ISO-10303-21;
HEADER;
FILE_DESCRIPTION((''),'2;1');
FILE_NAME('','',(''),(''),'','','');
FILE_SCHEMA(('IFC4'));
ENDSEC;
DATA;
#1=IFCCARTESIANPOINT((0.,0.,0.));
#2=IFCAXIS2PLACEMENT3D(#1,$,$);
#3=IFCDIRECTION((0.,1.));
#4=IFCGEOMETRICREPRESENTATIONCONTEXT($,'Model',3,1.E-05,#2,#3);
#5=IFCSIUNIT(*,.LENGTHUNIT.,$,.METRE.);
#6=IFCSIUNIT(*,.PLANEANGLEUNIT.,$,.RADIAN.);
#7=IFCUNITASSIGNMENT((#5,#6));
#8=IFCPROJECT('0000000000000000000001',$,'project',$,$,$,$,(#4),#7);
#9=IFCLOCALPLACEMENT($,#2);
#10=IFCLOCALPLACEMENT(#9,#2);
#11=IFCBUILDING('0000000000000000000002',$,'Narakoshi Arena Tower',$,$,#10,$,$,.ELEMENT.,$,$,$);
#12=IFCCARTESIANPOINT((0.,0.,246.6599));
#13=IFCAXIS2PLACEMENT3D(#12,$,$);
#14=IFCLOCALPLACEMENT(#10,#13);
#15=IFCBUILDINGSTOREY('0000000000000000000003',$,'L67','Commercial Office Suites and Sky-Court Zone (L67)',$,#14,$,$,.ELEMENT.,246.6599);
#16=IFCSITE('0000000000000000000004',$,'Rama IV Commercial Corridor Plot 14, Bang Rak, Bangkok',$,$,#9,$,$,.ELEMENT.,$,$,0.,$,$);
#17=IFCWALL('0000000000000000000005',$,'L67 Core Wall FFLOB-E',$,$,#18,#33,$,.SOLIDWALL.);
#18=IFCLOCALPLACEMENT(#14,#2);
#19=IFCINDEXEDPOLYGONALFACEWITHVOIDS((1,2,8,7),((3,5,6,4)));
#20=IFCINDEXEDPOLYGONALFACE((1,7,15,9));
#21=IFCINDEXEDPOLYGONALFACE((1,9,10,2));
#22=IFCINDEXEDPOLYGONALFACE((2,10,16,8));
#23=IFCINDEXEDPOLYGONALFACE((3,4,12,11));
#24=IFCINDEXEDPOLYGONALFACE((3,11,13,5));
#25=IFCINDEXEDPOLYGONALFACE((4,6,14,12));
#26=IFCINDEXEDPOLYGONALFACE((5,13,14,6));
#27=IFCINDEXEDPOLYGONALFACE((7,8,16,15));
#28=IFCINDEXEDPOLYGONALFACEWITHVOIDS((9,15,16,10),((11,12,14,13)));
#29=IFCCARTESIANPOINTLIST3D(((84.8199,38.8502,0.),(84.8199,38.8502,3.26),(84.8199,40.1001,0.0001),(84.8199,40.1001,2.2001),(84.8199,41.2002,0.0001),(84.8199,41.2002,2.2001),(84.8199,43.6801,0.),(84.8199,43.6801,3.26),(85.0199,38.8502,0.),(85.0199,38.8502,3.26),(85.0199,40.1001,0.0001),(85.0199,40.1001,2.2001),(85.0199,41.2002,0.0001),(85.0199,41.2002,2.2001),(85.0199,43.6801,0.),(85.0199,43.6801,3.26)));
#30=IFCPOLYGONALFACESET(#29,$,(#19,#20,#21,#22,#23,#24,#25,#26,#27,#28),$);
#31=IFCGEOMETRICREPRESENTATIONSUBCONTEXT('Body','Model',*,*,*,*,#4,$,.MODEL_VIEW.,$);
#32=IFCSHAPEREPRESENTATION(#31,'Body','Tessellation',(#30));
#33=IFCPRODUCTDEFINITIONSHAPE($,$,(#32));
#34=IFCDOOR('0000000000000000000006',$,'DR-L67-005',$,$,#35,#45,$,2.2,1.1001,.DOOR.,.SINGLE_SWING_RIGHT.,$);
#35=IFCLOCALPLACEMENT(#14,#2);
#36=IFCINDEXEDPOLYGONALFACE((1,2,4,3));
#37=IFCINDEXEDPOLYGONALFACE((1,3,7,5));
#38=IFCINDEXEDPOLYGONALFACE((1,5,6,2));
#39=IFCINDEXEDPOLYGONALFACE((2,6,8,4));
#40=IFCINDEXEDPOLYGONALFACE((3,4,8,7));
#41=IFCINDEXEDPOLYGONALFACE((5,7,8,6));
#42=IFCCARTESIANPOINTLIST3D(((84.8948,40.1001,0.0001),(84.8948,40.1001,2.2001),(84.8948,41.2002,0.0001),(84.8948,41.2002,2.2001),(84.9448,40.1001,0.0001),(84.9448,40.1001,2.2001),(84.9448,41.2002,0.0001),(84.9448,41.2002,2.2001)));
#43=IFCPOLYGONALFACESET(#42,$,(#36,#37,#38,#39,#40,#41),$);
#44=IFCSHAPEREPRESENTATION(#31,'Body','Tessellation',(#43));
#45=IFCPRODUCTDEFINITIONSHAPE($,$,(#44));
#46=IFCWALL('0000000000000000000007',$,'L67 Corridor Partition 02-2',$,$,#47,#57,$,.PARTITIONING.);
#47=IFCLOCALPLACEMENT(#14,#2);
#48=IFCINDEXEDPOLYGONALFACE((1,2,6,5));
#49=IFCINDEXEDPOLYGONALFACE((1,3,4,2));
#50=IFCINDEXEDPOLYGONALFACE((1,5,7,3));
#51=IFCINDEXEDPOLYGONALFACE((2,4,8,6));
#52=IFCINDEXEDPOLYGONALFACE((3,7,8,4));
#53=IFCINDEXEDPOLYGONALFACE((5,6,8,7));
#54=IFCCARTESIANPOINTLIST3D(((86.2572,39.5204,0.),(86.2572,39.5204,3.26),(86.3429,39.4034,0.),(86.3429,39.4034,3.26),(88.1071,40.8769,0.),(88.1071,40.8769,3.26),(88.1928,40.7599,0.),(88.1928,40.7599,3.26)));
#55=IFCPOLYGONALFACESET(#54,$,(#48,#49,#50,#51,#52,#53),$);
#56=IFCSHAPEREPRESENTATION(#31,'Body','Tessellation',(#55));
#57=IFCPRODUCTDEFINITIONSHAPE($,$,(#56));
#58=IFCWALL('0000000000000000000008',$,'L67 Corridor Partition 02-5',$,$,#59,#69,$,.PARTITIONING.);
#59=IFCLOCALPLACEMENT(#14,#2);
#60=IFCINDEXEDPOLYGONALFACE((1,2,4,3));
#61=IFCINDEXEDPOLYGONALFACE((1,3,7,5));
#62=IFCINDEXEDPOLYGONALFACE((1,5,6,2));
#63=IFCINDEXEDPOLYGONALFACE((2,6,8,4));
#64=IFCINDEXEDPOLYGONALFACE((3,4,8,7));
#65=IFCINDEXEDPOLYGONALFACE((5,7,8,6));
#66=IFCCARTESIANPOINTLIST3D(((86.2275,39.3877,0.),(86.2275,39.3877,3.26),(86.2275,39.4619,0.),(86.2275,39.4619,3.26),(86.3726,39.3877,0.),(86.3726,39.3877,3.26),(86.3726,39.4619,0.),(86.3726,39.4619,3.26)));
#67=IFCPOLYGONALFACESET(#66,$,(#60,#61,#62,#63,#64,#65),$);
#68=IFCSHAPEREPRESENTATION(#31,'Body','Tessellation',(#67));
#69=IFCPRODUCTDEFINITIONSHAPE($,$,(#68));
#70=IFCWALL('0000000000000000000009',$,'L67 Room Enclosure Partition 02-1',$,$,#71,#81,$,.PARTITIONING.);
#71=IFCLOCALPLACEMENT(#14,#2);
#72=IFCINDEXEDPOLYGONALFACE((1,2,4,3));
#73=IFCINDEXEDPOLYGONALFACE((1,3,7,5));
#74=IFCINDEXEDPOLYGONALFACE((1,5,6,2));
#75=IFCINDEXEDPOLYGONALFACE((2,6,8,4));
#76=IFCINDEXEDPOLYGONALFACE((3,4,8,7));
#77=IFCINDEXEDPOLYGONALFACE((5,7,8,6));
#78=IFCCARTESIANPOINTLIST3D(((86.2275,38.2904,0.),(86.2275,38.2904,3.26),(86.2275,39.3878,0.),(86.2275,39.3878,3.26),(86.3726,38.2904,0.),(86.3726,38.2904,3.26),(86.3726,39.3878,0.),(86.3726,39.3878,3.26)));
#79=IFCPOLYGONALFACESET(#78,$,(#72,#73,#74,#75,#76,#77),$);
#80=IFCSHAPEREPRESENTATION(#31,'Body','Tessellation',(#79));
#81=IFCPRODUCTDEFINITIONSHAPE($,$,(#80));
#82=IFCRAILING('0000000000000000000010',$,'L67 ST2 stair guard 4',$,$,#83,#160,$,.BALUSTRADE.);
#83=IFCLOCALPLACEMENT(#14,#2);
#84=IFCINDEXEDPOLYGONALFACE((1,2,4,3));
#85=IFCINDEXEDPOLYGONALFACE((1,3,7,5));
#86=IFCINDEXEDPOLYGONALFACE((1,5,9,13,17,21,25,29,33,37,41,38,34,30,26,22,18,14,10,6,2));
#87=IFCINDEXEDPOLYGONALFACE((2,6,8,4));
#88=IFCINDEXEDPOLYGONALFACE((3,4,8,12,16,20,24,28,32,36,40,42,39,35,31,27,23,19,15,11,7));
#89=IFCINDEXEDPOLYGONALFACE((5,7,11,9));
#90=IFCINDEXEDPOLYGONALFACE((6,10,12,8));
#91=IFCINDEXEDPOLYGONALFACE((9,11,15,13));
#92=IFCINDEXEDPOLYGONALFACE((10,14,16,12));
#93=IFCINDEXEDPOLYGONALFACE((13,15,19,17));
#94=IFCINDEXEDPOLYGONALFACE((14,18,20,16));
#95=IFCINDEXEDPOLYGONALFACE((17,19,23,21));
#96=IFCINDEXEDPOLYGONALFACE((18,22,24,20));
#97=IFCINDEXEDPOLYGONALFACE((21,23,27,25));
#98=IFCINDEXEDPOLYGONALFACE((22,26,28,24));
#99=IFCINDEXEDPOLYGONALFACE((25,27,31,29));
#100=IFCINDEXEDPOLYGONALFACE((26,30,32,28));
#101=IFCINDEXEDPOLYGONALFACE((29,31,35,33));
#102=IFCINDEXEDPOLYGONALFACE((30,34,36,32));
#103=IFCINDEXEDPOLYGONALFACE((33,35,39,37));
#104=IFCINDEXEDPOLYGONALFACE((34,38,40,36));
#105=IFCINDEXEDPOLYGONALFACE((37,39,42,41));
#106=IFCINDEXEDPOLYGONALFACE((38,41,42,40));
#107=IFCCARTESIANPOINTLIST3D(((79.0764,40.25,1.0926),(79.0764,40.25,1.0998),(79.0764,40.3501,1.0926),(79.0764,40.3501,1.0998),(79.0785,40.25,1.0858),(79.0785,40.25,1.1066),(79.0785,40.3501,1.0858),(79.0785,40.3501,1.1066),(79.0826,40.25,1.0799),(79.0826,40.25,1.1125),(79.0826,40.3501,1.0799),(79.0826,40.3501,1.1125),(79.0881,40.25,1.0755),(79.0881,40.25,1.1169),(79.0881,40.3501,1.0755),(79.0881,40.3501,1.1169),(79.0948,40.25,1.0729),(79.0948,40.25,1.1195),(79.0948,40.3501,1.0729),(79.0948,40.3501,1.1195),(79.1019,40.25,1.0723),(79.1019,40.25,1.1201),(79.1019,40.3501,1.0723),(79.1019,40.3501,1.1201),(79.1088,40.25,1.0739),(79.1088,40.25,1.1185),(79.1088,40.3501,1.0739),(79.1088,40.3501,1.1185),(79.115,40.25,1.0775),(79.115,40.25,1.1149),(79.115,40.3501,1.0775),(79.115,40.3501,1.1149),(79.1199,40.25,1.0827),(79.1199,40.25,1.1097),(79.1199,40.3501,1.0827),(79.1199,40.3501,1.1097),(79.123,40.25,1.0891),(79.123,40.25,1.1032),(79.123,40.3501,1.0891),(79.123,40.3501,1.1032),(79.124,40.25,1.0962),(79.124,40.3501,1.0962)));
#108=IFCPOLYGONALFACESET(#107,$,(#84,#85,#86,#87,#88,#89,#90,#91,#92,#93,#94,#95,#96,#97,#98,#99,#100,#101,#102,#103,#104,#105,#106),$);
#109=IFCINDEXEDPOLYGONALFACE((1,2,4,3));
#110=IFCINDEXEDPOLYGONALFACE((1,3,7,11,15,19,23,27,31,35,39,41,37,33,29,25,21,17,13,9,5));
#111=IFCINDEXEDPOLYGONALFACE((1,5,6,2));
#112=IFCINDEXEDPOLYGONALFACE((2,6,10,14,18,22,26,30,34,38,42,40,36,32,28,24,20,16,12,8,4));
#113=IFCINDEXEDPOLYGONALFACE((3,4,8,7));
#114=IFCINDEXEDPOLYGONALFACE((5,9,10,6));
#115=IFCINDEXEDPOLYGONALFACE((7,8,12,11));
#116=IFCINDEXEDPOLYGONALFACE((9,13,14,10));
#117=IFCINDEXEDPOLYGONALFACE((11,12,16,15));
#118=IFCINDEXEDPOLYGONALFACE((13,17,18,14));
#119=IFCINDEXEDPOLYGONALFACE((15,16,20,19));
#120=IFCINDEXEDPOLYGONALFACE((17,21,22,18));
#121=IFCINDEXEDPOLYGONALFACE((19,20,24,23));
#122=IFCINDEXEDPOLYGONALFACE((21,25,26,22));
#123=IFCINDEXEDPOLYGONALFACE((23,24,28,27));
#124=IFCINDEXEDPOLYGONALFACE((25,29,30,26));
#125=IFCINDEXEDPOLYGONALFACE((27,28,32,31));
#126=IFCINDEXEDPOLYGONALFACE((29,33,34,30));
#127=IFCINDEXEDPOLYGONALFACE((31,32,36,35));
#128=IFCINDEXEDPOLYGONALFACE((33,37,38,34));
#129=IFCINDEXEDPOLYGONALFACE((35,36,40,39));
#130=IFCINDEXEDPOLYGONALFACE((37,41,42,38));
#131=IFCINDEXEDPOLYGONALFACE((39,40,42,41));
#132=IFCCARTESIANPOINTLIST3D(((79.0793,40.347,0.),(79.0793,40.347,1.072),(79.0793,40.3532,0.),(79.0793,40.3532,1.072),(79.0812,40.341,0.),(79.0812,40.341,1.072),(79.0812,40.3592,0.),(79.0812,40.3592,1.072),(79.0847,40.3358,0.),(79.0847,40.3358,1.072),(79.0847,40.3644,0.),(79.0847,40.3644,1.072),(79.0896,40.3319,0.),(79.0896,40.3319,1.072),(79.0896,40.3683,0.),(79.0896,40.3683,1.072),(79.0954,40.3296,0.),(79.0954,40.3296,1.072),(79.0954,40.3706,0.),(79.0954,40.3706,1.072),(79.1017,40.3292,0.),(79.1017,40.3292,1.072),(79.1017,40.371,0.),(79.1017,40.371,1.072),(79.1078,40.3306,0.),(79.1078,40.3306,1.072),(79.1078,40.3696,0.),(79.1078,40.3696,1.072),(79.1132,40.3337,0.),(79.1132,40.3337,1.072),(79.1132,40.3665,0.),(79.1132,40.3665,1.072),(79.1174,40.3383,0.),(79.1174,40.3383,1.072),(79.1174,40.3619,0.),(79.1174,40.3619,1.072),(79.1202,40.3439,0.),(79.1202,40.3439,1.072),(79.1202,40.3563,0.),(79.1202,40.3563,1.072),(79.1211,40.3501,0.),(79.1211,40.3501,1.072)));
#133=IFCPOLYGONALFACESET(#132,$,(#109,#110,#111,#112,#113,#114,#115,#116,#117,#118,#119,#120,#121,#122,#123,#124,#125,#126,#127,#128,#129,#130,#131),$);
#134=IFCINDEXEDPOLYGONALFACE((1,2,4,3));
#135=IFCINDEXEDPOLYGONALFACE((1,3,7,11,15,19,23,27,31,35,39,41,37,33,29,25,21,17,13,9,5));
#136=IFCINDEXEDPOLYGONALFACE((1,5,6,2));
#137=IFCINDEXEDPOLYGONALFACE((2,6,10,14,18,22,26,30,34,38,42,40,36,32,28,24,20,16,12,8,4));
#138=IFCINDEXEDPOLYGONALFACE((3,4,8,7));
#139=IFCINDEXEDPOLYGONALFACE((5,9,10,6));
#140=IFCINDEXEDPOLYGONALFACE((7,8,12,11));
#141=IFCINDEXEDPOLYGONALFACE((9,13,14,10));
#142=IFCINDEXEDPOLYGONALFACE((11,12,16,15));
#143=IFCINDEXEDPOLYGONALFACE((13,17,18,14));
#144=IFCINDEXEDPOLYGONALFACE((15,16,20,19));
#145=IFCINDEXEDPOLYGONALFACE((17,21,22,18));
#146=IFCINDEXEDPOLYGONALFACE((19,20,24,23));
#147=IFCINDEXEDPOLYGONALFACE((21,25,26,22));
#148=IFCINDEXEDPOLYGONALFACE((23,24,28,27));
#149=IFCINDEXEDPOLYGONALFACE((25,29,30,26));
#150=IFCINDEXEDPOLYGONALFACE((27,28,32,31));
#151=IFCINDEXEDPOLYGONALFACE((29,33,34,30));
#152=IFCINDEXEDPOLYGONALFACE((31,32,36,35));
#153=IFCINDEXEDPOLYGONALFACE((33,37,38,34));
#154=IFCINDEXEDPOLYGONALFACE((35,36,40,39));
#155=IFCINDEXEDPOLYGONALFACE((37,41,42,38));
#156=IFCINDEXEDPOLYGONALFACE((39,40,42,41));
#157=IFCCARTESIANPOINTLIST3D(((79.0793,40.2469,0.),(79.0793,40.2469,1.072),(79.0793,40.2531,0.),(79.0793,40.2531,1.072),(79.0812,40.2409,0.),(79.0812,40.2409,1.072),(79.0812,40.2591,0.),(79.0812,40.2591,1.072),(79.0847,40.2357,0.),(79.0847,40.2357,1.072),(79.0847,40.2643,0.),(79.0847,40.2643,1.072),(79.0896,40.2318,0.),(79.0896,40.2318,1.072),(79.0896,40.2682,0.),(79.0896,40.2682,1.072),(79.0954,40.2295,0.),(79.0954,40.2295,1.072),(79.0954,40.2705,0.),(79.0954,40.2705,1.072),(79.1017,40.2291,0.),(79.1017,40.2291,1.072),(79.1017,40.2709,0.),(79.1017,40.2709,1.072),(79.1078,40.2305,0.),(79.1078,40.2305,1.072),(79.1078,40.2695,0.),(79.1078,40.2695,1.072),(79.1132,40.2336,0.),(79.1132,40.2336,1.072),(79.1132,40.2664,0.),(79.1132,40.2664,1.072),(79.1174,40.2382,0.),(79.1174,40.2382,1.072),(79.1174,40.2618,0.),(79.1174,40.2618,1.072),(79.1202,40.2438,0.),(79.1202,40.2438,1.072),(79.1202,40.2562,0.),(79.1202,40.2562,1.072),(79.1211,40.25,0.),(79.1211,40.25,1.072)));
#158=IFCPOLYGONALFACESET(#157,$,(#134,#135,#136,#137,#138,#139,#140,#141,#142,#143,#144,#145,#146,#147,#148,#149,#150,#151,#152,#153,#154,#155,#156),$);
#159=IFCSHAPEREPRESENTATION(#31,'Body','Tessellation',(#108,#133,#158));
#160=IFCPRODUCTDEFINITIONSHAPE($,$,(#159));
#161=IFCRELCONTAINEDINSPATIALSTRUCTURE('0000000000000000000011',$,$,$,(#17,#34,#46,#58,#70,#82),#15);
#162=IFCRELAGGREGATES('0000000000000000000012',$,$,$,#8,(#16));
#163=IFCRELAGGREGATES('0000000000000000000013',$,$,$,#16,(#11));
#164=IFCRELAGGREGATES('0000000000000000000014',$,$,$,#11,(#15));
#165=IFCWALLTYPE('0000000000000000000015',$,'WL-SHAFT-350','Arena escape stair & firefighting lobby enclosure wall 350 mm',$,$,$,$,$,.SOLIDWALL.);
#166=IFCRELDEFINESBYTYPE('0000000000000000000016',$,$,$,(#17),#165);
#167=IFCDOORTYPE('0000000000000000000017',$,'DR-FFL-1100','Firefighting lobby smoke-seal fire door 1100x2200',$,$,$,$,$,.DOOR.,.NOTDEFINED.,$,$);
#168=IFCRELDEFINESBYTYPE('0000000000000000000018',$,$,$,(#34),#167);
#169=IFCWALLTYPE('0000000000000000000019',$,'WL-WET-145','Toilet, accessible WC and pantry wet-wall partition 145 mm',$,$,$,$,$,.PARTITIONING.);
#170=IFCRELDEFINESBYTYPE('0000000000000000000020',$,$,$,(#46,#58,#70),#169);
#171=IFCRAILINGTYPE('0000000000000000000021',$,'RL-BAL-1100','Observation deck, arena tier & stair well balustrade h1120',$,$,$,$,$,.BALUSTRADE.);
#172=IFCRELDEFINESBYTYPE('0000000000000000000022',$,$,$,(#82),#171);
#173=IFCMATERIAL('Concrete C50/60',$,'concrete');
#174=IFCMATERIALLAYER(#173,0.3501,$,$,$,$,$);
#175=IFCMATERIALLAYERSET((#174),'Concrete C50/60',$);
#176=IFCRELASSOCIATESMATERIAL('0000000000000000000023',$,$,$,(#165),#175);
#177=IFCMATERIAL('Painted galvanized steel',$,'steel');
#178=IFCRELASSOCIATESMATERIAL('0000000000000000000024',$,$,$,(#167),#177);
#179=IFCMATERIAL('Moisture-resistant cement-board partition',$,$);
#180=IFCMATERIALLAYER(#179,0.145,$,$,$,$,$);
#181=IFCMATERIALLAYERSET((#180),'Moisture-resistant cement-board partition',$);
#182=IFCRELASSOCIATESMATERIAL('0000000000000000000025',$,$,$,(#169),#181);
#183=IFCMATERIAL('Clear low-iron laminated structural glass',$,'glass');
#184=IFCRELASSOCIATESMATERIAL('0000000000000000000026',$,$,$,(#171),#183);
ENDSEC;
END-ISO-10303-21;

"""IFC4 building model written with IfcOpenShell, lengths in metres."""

from ifc_helpers import new_model, si_unit, direction, frame, frame_2d, origin, origin_2d, place, context, subcontext, project, spatial, rectangle, circle, extrude, material, layer, layer_set, type_object, element, fill, save


model = new_model("IFC4")

# Units and contexts
model_context = context("Model", 3, precision=1e-05, world=origin(), true_north=direction((0.0, 1.0)))
body_context = subcontext(model_context, "Body", "Model", "MODEL_VIEW")
ifc_project = project(units=[si_unit("LENGTHUNIT", "METRE"), si_unit("PLANEANGLEUNIT", "RADIAN")], contexts=[model_context])

# Site, building, storey
site_placement = place(None, origin())
site = spatial("IfcSite", under=ifc_project, at=site_placement, Name="Rama IV Commercial Corridor Plot 14, Bang Rak, Bangkok", CompositionType="ELEMENT", RefElevation=0.0)
building_placement = place(site_placement, origin())
building = spatial("IfcBuilding", under=site, at=building_placement, Name="Narakoshi Arena Tower", CompositionType="ELEMENT")
storey_placement = place(building_placement, frame((0.0, 0.0, 246.6599)))
storey = spatial("IfcBuildingStorey", under=building, at=storey_placement, Name="L67", Description="Commercial Office Suites and Sky-Court Zone (L67)", CompositionType="ELEMENT", Elevation=246.6599)

# Shared definitions
ifc_material_1 = material(Name="Concrete C50/60", Category="concrete")
ifc_layer_1 = layer(ifc_material_1, 0.3501)
ifc_layer_set_1 = layer_set([ifc_layer_1], Name="Concrete C50/60")
wall_type_1 = type_object("IfcWallType", Name="WL-SHAFT-350", Description="Arena escape stair & firefighting lobby enclosure wall 350 mm", PredefinedType="SOLIDWALL", material=ifc_layer_set_1)

# Shared definitions
ifc_material_2 = material(Name="Painted galvanized steel", Category="steel")

# Wall, opening, door
wall_1_placement = place(storey_placement, frame((84.9199, 38.8501, 0.0), z_axis=(0.0, 0.0, 1.0), x_axis=(0.0, 1.0, 0.0)))
wall_1 = element("IfcWall", 1, at=wall_1_placement, inside=storey, type_object=wall_type_1, Name="L67 Core Wall FFLOB-E", PredefinedType="SOLIDWALL", context=body_context, shape_type="SweptSolid", body=[
    extrude(rectangle(XDim=4.8298, YDim=0.2, at=frame_2d((2.415, 0.0))), origin(), (0.0, 0.0, 1.0), 3.26),
])
opening_1_placement = place(wall_1_placement, frame((1.25, 0.0, 0.0)))
opening_1 = element("IfcOpeningElement", 2, at=opening_1_placement, cuts=wall_1, PredefinedType="OPENING", context=body_context, shape_type="SweptSolid", body=[
    extrude(rectangle(XDim=1.1001, YDim=2.2, at=frame_2d((0.55, 1.1001))), frame((0.0, 0.1099, 0.0), z_axis=(0.0, -1.0, 0.0), x_axis=(1.0, 0.0, 0.0)), (0.0, 0.0, 1.0), 0.22),
])
door_type_1 = type_object("IfcDoorType", Name="DR-FFL-1100", Description="Firefighting lobby smoke-seal fire door 1100x2200", OperationType="NOTDEFINED", PredefinedType="DOOR", material=ifc_material_2)
door_1_placement = place(opening_1_placement, frame((1.1001, 0.0, 0.0), z_axis=(0.0, 0.0, 1.0), x_axis=(-1.0, 0.0, 0.0)))
door_1 = element("IfcDoor", 3, at=door_1_placement, inside=storey, type_object=door_type_1, Name="DR-L67-005", OperationType="SINGLE_SWING_RIGHT", OverallHeight=2.2, OverallWidth=1.1001, PredefinedType="DOOR", context=body_context, shape_type="SweptSolid", body=[
    extrude(rectangle(XDim=1.1001, YDim=2.2, at=frame_2d((0.55, 1.1001))), frame((0.0, 0.0249, 0.0), z_axis=(0.0, -1.0, 0.0), x_axis=(1.0, 0.0, 0.0)), (0.0, 0.0, 1.0), 0.05),
])
fill(opening_1, door_1)

# Walls
ifc_material_3 = material(Name="Moisture-resistant cement-board partition")
ifc_layer_2 = layer(ifc_material_3, 0.145)
ifc_layer_set_2 = layer_set([ifc_layer_2], Name="Moisture-resistant cement-board partition")
wall_type_2 = type_object("IfcWallType", Name="WL-WET-145", Description="Toilet, accessible WC and pantry wet-wall partition 145 mm", PredefinedType="PARTITIONING", material=ifc_layer_set_2)
wall_2_placement = place(storey_placement, frame((86.3, 39.4619, 0.0), z_axis=(0.0, 0.0, 1.0), x_axis=(0.806429, 0.591331, 0.0)))
element("IfcWall", 4, at=wall_2_placement, inside=storey, type_object=wall_type_2, Name="L67 Corridor Partition 02-2", PredefinedType="PARTITIONING", context=body_context, shape_type="SweptSolid", body=[
    extrude(rectangle(XDim=2.2939, YDim=0.145, at=frame_2d((1.147, 0.0))), origin(), (0.0, 0.0, 1.0), 3.26),
])
wall_3_placement = place(storey_placement, frame((86.3, 39.3877, 0.0), z_axis=(0.0, 0.0, 1.0), x_axis=(0.0, 1.0, 0.0)))
element("IfcWall", 5, at=wall_3_placement, inside=storey, type_object=wall_type_2, Name="L67 Corridor Partition 02-5", PredefinedType="PARTITIONING", context=body_context, shape_type="SweptSolid", body=[
    extrude(rectangle(XDim=0.0742, YDim=0.145, at=frame_2d((0.0371, 0.0))), origin(), (0.0, 0.0, 1.0), 3.26),
])
wall_4_placement = place(storey_placement, frame((86.3, 38.2903, 0.0), z_axis=(0.0, 0.0, 1.0), x_axis=(0.0, 1.0, 0.0)))
element("IfcWall", 6, at=wall_4_placement, inside=storey, type_object=wall_type_2, Name="L67 Room Enclosure Partition 02-1", PredefinedType="PARTITIONING", context=body_context, shape_type="SweptSolid", body=[
    extrude(rectangle(XDim=1.0974, YDim=0.145, at=frame_2d((0.5488, 0.0))), origin(), (0.0, 0.0, 1.0), 3.26),
])

# Railing
ifc_material_4 = material(Name="Clear low-iron laminated structural glass", Category="glass")
railing_type = type_object("IfcRailingType", Name="RL-BAL-1100", Description="Observation deck, arena tier & stair well balustrade h1120", PredefinedType="BALUSTRADE", material=ifc_material_4)
railing_placement = place(storey_placement, frame((79.1001, 40.3501, 0.0)))
element("IfcRailing", 7, at=railing_placement, inside=storey, type_object=railing_type, Name="L67 ST2 stair guard 4", PredefinedType="BALUSTRADE", context=body_context, shape_type="SweptSolid", body=[
    extrude(circle(Radius=0.0239, at=origin_2d()), frame((0.0, 0.0, 1.0962), z_axis=(0.0, -1.0, 0.0), x_axis=(1.0, 0.0, 0.0)), (0.0, 0.0, 1.0), 0.1001),
    extrude(circle(Radius=0.021, at=origin_2d()), origin(), (0.0, 0.0, 1.0), 1.072),
    extrude(circle(Radius=0.021, at=origin_2d()), frame((0.0, -0.1001, 0.0)), (0.0, 0.0, 1.0), 1.072),
])

save(model, "model.ifc")
